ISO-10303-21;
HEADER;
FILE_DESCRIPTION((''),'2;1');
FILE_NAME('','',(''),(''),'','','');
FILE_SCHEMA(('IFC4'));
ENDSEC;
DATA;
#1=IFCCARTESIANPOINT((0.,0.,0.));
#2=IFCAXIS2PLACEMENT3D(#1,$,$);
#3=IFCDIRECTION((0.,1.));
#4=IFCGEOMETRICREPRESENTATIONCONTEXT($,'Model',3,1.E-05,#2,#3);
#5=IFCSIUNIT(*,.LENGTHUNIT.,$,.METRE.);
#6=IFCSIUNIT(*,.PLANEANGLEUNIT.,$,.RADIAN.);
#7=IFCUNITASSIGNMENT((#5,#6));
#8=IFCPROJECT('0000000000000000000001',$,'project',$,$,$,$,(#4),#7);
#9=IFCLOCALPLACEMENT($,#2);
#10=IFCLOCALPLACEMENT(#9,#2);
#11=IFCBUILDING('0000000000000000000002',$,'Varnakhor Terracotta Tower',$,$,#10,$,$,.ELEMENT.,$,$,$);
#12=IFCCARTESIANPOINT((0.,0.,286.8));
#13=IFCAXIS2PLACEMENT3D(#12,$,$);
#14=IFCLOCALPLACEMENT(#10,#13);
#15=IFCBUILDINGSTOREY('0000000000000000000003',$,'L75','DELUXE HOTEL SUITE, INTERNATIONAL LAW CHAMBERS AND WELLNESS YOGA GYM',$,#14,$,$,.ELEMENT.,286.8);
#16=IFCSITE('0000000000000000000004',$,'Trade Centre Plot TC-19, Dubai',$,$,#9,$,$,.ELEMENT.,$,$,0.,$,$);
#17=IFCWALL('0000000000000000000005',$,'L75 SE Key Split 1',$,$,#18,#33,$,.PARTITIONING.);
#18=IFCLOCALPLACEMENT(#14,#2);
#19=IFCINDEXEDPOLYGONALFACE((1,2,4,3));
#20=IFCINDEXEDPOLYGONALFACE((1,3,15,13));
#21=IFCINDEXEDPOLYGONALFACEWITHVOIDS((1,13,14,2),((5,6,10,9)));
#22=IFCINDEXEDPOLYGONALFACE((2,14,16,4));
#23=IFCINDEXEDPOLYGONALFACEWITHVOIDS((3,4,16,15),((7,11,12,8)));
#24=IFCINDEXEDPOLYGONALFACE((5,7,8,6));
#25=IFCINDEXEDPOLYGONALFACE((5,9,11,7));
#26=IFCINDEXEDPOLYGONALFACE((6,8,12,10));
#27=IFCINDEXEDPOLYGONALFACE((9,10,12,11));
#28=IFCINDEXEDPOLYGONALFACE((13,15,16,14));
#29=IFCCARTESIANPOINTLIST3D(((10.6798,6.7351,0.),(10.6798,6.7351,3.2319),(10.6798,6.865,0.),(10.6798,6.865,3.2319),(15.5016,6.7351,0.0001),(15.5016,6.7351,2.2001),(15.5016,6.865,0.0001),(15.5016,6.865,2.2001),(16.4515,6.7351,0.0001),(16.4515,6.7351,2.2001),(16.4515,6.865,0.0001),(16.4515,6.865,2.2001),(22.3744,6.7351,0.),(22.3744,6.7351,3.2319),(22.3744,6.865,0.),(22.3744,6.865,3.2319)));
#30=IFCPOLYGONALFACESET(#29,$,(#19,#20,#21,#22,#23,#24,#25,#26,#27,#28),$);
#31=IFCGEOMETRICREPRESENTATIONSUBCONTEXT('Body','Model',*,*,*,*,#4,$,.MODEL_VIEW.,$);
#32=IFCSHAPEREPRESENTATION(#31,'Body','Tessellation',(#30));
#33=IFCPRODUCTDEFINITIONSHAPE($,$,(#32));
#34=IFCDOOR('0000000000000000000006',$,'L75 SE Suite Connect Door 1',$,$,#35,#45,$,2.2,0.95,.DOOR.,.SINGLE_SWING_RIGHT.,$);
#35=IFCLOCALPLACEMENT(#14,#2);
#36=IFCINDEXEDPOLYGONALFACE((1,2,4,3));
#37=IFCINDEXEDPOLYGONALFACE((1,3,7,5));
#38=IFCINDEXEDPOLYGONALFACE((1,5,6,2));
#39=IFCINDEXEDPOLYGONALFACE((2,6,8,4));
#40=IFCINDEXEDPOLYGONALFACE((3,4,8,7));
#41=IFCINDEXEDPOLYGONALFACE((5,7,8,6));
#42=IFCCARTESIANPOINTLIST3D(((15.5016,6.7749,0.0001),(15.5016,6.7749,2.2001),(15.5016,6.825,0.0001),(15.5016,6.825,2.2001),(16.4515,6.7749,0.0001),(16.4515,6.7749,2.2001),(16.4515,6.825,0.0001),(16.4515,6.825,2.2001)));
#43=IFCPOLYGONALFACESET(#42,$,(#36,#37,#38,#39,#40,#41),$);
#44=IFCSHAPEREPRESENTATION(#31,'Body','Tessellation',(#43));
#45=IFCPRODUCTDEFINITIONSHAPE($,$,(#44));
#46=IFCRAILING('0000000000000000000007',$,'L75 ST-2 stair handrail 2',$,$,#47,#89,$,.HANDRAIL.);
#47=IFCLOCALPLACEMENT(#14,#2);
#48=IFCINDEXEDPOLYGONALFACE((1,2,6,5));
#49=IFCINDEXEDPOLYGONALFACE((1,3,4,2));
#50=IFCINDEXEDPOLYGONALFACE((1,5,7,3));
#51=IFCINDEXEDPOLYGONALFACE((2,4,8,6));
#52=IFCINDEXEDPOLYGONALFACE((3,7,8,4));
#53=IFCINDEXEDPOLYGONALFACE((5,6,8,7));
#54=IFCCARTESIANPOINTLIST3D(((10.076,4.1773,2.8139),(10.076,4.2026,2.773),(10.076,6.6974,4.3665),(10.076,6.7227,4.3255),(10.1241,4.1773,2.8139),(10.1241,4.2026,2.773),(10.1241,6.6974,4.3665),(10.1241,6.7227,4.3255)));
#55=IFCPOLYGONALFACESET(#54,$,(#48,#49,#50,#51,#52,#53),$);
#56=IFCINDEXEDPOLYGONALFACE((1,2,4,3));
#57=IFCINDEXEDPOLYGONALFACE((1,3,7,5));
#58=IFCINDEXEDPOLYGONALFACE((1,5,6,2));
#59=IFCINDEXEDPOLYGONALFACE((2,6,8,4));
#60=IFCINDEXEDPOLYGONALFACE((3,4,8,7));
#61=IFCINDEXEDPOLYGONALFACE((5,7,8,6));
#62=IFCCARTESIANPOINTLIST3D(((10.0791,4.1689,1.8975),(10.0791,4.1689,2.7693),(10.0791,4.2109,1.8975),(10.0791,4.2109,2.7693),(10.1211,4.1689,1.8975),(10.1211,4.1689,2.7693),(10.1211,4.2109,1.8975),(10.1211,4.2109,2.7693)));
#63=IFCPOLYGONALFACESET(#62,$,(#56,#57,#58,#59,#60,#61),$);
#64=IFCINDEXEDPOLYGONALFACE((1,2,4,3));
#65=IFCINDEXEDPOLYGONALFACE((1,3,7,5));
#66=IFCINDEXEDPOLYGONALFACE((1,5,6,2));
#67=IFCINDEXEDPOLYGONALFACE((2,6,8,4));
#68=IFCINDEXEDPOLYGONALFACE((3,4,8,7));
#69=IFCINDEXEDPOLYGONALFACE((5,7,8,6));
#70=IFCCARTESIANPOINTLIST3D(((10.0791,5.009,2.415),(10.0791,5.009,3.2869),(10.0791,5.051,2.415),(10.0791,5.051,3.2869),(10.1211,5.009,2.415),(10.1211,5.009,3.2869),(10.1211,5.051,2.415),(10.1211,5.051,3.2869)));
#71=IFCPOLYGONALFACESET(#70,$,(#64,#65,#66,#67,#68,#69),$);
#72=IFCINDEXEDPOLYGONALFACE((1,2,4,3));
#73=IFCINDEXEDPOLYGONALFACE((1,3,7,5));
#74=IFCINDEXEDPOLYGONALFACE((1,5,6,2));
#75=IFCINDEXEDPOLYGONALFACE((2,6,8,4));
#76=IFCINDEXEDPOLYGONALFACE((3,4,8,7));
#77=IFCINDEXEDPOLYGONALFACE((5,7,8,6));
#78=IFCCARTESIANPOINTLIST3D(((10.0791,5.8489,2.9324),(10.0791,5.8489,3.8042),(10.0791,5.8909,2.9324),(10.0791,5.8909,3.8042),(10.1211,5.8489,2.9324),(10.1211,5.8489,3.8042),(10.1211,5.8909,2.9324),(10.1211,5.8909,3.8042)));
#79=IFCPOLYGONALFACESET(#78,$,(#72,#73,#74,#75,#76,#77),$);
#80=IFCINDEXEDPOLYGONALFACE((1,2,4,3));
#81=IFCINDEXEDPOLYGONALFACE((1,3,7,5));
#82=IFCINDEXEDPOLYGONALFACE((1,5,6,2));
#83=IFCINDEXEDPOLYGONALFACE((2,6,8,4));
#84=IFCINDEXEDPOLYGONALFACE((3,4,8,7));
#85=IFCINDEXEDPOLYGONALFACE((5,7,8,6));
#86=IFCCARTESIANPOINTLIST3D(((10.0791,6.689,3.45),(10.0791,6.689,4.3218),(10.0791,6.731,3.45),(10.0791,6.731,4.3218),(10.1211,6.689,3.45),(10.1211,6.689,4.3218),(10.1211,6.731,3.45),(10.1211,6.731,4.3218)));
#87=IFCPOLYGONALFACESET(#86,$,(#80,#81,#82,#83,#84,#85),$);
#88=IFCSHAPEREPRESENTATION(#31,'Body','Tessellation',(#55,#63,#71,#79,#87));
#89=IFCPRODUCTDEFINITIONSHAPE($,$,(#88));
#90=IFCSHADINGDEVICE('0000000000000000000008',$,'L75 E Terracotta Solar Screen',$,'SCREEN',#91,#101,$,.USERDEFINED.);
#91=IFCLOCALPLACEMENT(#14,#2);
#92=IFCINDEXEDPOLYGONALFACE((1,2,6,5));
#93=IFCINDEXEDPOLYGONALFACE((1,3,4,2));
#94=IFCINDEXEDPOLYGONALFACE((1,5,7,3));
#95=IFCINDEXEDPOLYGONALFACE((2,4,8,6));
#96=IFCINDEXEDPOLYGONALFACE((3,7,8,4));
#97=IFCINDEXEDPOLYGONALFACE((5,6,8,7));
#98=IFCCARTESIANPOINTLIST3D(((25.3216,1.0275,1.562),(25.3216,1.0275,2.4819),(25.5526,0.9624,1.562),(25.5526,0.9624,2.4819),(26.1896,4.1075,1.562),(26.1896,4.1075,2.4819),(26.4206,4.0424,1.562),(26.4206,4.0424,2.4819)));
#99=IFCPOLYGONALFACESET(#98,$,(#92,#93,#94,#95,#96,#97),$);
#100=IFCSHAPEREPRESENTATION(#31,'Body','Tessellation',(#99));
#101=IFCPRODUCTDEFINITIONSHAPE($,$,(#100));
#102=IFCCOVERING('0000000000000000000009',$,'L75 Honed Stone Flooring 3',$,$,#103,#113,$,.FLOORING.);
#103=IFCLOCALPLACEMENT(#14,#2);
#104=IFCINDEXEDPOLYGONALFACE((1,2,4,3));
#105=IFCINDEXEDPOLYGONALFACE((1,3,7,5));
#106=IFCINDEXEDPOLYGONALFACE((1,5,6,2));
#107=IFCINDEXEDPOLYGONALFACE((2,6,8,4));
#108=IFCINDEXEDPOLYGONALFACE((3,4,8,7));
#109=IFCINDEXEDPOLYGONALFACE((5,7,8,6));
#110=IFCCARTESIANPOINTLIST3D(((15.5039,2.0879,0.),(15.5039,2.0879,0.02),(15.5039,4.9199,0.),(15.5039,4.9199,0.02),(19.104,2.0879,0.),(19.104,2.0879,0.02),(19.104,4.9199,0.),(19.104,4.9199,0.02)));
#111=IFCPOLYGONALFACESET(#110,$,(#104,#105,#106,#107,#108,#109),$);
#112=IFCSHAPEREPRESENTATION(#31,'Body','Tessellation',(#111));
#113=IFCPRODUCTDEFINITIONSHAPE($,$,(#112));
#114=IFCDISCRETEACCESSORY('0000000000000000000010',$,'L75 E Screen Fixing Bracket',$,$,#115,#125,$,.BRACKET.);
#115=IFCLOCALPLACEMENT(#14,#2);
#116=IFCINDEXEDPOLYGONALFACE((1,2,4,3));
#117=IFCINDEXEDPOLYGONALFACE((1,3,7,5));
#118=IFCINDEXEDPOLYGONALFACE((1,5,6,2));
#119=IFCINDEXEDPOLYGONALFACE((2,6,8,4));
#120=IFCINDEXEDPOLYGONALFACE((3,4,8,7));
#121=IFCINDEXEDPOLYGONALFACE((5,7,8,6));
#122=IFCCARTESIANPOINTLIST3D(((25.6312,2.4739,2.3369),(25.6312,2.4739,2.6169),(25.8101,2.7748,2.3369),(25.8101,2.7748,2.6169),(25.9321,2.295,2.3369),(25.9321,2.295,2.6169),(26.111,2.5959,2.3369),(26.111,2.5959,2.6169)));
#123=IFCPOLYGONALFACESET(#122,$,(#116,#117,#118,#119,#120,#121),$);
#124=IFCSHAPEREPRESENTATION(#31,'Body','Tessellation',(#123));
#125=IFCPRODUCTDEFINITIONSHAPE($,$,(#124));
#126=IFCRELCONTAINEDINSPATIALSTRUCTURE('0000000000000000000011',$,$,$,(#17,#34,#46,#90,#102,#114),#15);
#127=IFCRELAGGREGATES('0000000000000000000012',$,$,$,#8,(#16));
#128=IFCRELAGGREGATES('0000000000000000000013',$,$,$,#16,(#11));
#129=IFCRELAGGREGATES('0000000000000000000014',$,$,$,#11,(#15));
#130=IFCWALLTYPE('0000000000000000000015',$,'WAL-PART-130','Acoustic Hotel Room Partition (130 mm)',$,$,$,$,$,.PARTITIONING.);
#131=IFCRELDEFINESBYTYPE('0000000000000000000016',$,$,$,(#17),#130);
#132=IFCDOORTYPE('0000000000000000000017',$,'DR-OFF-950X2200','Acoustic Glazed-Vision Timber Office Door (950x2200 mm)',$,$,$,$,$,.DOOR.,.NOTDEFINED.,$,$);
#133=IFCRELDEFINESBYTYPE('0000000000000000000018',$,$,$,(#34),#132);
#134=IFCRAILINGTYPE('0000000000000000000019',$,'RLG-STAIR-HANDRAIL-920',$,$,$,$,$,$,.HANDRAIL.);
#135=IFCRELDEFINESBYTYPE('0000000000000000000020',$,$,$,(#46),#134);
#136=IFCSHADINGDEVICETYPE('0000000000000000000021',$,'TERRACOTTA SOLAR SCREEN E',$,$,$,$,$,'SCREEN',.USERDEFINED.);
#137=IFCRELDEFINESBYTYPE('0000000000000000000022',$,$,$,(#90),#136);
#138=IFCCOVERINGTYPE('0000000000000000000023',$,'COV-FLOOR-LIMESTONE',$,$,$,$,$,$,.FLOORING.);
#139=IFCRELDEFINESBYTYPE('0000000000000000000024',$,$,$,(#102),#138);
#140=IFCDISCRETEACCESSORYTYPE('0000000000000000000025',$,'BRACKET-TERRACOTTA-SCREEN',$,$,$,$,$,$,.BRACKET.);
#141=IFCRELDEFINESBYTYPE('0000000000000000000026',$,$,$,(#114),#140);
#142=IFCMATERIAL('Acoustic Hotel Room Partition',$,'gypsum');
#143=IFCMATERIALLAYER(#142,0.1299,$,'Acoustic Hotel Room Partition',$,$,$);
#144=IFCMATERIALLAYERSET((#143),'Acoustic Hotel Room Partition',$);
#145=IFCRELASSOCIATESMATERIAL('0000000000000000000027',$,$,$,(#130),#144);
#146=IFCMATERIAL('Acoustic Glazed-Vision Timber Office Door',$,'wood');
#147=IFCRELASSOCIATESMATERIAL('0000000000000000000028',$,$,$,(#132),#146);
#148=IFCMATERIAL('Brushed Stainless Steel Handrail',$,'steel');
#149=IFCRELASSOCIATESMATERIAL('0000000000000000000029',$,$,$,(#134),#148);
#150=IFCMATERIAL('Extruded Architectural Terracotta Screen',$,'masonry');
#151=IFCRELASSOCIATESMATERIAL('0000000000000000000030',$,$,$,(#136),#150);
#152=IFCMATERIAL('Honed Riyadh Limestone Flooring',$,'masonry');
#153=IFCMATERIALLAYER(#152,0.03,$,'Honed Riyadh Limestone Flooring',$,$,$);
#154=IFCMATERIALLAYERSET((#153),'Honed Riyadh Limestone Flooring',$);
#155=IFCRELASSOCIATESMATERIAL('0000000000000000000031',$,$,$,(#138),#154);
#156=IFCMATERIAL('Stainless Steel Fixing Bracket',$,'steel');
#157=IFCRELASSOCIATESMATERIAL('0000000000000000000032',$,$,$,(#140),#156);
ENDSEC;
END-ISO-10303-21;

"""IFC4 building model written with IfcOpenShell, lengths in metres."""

from ifc_helpers import new_model, si_unit, direction, frame, frame_2d, origin, origin_2d, place, context, subcontext, project, spatial, rectangle, extrude, source, transform, mapped, material, layer, layer_set, type_object, type_shapes, element, fill, save


model = new_model("IFC4")

# Units and contexts
model_context = context("Model", 3, precision=1e-05, world=origin(), true_north=direction((0.0, 1.0)))
body_context = subcontext(model_context, "Body", "Model", "MODEL_VIEW")
ifc_project = project(units=[si_unit("LENGTHUNIT", "METRE"), si_unit("PLANEANGLEUNIT", "RADIAN")], contexts=[model_context])

# Site, building, storey
site_placement = place(None, origin())
site = spatial("IfcSite", under=ifc_project, at=site_placement, Name="Trade Centre Plot TC-19, Dubai", CompositionType="ELEMENT", RefElevation=0.0)
building_placement = place(site_placement, origin())
building = spatial("IfcBuilding", under=site, at=building_placement, Name="Varnakhor Terracotta Tower", CompositionType="ELEMENT")
storey_placement = place(building_placement, frame((0.0, 0.0, 286.8)))
storey = spatial("IfcBuildingStorey", under=building, at=storey_placement, Name="L75", Description="DELUXE HOTEL SUITE, INTERNATIONAL LAW CHAMBERS AND WELLNESS YOGA GYM", CompositionType="ELEMENT", Elevation=286.8)

# Wall, opening, door
ifc_material_1 = material(Name="Acoustic Hotel Room Partition", Category="gypsum")
ifc_layer_1 = layer(ifc_material_1, 0.1299, Name="Acoustic Hotel Room Partition")
ifc_layer_set_1 = layer_set([ifc_layer_1], Name="Acoustic Hotel Room Partition")
wall_type_1 = type_object("IfcWallType", Name="WAL-PART-130", Description="Acoustic Hotel Room Partition (130 mm)", PredefinedType="PARTITIONING", material=ifc_layer_set_1)
wall_1_placement = place(storey_placement, frame((10.6799, 6.8, 0.0), z_axis=(0.0, 0.0, 1.0), x_axis=(1.0, 0.0, 0.0)))
wall_1 = element("IfcWall", 1, at=wall_1_placement, inside=storey, type_object=wall_type_1, Name="L75 SE Key Split 1", PredefinedType="PARTITIONING", context=body_context, shape_type="SweptSolid", body=[
    extrude(rectangle(XDim=11.6946, YDim=0.1299, at=frame_2d((5.8472, 0.0))), origin(), (0.0, 0.0, 1.0), 3.2319),
])
opening_placement = place(wall_1_placement, frame((4.8215, 0.0, 0.0)))
opening = element("IfcOpeningElement", 2, at=opening_placement, cuts=wall_1, PredefinedType="OPENING", context=body_context, shape_type="SweptSolid", body=[
    extrude(rectangle(XDim=0.95, YDim=2.2, at=frame_2d((0.4751, 1.1001))), frame((0.0, 0.075, 0.0), z_axis=(0.0, -1.0, 0.0), x_axis=(1.0, 0.0, 0.0)), (0.0, 0.0, 1.0), 0.1499),
])
ifc_material_2 = material(Name="Acoustic Glazed-Vision Timber Office Door", Category="wood")
door_type = type_object("IfcDoorType", Name="DR-OFF-950X2200", Description="Acoustic Glazed-Vision Timber Office Door (950x2200 mm)", OperationType="NOTDEFINED", PredefinedType="DOOR", material=ifc_material_2)
shared_shape_1 = source(origin(), body_context, "Body", "SweptSolid", [
    extrude(rectangle(XDim=0.95, YDim=2.2, at=frame_2d((0.4751, 1.1001))), frame((0.0, 0.0249, 0.0), z_axis=(0.0, -1.0, 0.0), x_axis=(1.0, 0.0, 0.0)), (0.0, 0.0, 1.0), 0.05),
])
type_shapes(door_type, [shared_shape_1])
door_placement = place(opening_placement, origin())
door = element("IfcDoor", 3, at=door_placement, inside=storey, type_object=door_type, Name="L75 SE Suite Connect Door 1", OperationType="SINGLE_SWING_RIGHT", OverallHeight=2.2, OverallWidth=0.95, PredefinedType="DOOR", context=body_context, shape_type="MappedRepresentation", body=[
    mapped(shared_shape_1, transform((0.0, 0.0, 0.0), scale=1.0)),
])
fill(opening, door)

# Railing
ifc_material_3 = material(Name="Brushed Stainless Steel Handrail", Category="steel")
railing_type = type_object("IfcRailingType", Name="RLG-STAIR-HANDRAIL-920", PredefinedType="HANDRAIL", material=ifc_material_3)
railing_placement = place(storey_placement, frame((10.1001, 4.1899, 1.8975)))
element("IfcRailing", 4, at=railing_placement, inside=storey, type_object=railing_type, Name="L75 ST-2 stair handrail 2", PredefinedType="HANDRAIL", context=body_context, shape_type="SweptSolid", body=[
    extrude(rectangle(XDim=0.0481, YDim=0.0481, at=origin_2d()), frame((0.0, 0.0, 0.896), z_axis=(0.0, 0.8514, 0.524516), x_axis=(-1.0, 0.0, 0.0)), (0.0, 0.0, 1.0), 2.96),
    extrude(rectangle(XDim=0.042, YDim=0.042, at=origin_2d()), origin(), (0.0, 0.0, 1.0), 0.8718),
    extrude(rectangle(XDim=0.042, YDim=0.042, at=origin_2d()), frame((0.0, 0.8401, 0.5176)), (0.0, 0.0, 1.0), 0.8718),
    extrude(rectangle(XDim=0.042, YDim=0.042, at=origin_2d()), frame((0.0, 1.6799, 1.0349)), (0.0, 0.0, 1.0), 0.8718),
    extrude(rectangle(XDim=0.042, YDim=0.042, at=origin_2d()), frame((0.0, 2.52, 1.5525)), (0.0, 0.0, 1.0), 0.8718),
])

# Shading device
ifc_material_4 = material(Name="Extruded Architectural Terracotta Screen", Category="masonry")
shading_device_type = type_object("IfcShadingDeviceType", Name="TERRACOTTA SOLAR SCREEN E", ElementType="SCREEN", PredefinedType="USERDEFINED", material=ifc_material_4)
shared_shape_2 = source(origin(), body_context, "Body", "SweptSolid", [
    extrude(rectangle(XDim=3.2, YDim=0.24, at=origin_2d()), origin(), (0.0, 0.0, 1.0), 0.9199),
])
type_shapes(shading_device_type, [shared_shape_2])
shading_device_placement = place(storey_placement, frame((25.8711, 2.5349, 1.562), z_axis=(0.0, 0.0, 1.0), x_axis=(0.271239, 0.962512, 0.0)))
element("IfcShadingDevice", 5, at=shading_device_placement, inside=storey, type_object=shading_device_type, Name="L75 E Terracotta Solar Screen", ObjectType="SCREEN", PredefinedType="USERDEFINED", context=body_context, shape_type="MappedRepresentation", body=[
    mapped(shared_shape_2, transform((0.0, 0.0, 0.0), scale=1.0)),
])

# Covering
ifc_material_5 = material(Name="Honed Riyadh Limestone Flooring", Category="masonry")
ifc_layer_2 = layer(ifc_material_5, 0.03, Name="Honed Riyadh Limestone Flooring")
ifc_layer_set_2 = layer_set([ifc_layer_2], Name="Honed Riyadh Limestone Flooring")
covering_type = type_object("IfcCoveringType", Name="COV-FLOOR-LIMESTONE", PredefinedType="FLOORING", material=ifc_layer_set_2)
shared_shape_3 = source(origin(), body_context, "Body", "SweptSolid", [
    extrude(rectangle(XDim=3.6001, YDim=2.832, at=origin_2d()), origin(), (0.0, 0.0, 1.0), 0.02),
])
covering_placement = place(storey_placement, frame((17.304, 3.5039, 0.0), z_axis=(0.0, 0.0, 1.0), x_axis=(1.0, 0.0, 0.0)))
element("IfcCovering", 6, at=covering_placement, inside=storey, type_object=covering_type, Name="L75 Honed Stone Flooring 3", PredefinedType="FLOORING", context=body_context, shape_type="MappedRepresentation", body=[
    mapped(shared_shape_3, transform((0.0, 0.0, 0.0), scale=1.0)),
])

# Discrete accessory
ifc_material_6 = material(Name="Stainless Steel Fixing Bracket", Category="steel")
discrete_accessory_type = type_object("IfcDiscreteAccessoryType", Name="BRACKET-TERRACOTTA-SCREEN", PredefinedType="BRACKET", material=ifc_material_6)
shared_shape_4 = source(origin(), body_context, "Body", "SweptSolid", [
    extrude(rectangle(XDim=0.3501, YDim=0.3501, at=origin_2d()), origin(), (0.0, 0.0, 1.0), 0.28),
])
type_shapes(discrete_accessory_type, [shared_shape_4])
discrete_accessory_placement = place(storey_placement, frame((25.8711, 2.5349, 2.3369), z_axis=(0.0, 0.0, 1.0), x_axis=(0.511113, 0.859513, 0.0)))
element("IfcDiscreteAccessory", 7, at=discrete_accessory_placement, inside=storey, type_object=discrete_accessory_type, Name="L75 E Screen Fixing Bracket", PredefinedType="BRACKET", context=body_context, shape_type="MappedRepresentation", body=[
    mapped(shared_shape_4, transform((0.0, 0.0, 0.0), scale=1.0)),
])

save(model, "model.ifc")
